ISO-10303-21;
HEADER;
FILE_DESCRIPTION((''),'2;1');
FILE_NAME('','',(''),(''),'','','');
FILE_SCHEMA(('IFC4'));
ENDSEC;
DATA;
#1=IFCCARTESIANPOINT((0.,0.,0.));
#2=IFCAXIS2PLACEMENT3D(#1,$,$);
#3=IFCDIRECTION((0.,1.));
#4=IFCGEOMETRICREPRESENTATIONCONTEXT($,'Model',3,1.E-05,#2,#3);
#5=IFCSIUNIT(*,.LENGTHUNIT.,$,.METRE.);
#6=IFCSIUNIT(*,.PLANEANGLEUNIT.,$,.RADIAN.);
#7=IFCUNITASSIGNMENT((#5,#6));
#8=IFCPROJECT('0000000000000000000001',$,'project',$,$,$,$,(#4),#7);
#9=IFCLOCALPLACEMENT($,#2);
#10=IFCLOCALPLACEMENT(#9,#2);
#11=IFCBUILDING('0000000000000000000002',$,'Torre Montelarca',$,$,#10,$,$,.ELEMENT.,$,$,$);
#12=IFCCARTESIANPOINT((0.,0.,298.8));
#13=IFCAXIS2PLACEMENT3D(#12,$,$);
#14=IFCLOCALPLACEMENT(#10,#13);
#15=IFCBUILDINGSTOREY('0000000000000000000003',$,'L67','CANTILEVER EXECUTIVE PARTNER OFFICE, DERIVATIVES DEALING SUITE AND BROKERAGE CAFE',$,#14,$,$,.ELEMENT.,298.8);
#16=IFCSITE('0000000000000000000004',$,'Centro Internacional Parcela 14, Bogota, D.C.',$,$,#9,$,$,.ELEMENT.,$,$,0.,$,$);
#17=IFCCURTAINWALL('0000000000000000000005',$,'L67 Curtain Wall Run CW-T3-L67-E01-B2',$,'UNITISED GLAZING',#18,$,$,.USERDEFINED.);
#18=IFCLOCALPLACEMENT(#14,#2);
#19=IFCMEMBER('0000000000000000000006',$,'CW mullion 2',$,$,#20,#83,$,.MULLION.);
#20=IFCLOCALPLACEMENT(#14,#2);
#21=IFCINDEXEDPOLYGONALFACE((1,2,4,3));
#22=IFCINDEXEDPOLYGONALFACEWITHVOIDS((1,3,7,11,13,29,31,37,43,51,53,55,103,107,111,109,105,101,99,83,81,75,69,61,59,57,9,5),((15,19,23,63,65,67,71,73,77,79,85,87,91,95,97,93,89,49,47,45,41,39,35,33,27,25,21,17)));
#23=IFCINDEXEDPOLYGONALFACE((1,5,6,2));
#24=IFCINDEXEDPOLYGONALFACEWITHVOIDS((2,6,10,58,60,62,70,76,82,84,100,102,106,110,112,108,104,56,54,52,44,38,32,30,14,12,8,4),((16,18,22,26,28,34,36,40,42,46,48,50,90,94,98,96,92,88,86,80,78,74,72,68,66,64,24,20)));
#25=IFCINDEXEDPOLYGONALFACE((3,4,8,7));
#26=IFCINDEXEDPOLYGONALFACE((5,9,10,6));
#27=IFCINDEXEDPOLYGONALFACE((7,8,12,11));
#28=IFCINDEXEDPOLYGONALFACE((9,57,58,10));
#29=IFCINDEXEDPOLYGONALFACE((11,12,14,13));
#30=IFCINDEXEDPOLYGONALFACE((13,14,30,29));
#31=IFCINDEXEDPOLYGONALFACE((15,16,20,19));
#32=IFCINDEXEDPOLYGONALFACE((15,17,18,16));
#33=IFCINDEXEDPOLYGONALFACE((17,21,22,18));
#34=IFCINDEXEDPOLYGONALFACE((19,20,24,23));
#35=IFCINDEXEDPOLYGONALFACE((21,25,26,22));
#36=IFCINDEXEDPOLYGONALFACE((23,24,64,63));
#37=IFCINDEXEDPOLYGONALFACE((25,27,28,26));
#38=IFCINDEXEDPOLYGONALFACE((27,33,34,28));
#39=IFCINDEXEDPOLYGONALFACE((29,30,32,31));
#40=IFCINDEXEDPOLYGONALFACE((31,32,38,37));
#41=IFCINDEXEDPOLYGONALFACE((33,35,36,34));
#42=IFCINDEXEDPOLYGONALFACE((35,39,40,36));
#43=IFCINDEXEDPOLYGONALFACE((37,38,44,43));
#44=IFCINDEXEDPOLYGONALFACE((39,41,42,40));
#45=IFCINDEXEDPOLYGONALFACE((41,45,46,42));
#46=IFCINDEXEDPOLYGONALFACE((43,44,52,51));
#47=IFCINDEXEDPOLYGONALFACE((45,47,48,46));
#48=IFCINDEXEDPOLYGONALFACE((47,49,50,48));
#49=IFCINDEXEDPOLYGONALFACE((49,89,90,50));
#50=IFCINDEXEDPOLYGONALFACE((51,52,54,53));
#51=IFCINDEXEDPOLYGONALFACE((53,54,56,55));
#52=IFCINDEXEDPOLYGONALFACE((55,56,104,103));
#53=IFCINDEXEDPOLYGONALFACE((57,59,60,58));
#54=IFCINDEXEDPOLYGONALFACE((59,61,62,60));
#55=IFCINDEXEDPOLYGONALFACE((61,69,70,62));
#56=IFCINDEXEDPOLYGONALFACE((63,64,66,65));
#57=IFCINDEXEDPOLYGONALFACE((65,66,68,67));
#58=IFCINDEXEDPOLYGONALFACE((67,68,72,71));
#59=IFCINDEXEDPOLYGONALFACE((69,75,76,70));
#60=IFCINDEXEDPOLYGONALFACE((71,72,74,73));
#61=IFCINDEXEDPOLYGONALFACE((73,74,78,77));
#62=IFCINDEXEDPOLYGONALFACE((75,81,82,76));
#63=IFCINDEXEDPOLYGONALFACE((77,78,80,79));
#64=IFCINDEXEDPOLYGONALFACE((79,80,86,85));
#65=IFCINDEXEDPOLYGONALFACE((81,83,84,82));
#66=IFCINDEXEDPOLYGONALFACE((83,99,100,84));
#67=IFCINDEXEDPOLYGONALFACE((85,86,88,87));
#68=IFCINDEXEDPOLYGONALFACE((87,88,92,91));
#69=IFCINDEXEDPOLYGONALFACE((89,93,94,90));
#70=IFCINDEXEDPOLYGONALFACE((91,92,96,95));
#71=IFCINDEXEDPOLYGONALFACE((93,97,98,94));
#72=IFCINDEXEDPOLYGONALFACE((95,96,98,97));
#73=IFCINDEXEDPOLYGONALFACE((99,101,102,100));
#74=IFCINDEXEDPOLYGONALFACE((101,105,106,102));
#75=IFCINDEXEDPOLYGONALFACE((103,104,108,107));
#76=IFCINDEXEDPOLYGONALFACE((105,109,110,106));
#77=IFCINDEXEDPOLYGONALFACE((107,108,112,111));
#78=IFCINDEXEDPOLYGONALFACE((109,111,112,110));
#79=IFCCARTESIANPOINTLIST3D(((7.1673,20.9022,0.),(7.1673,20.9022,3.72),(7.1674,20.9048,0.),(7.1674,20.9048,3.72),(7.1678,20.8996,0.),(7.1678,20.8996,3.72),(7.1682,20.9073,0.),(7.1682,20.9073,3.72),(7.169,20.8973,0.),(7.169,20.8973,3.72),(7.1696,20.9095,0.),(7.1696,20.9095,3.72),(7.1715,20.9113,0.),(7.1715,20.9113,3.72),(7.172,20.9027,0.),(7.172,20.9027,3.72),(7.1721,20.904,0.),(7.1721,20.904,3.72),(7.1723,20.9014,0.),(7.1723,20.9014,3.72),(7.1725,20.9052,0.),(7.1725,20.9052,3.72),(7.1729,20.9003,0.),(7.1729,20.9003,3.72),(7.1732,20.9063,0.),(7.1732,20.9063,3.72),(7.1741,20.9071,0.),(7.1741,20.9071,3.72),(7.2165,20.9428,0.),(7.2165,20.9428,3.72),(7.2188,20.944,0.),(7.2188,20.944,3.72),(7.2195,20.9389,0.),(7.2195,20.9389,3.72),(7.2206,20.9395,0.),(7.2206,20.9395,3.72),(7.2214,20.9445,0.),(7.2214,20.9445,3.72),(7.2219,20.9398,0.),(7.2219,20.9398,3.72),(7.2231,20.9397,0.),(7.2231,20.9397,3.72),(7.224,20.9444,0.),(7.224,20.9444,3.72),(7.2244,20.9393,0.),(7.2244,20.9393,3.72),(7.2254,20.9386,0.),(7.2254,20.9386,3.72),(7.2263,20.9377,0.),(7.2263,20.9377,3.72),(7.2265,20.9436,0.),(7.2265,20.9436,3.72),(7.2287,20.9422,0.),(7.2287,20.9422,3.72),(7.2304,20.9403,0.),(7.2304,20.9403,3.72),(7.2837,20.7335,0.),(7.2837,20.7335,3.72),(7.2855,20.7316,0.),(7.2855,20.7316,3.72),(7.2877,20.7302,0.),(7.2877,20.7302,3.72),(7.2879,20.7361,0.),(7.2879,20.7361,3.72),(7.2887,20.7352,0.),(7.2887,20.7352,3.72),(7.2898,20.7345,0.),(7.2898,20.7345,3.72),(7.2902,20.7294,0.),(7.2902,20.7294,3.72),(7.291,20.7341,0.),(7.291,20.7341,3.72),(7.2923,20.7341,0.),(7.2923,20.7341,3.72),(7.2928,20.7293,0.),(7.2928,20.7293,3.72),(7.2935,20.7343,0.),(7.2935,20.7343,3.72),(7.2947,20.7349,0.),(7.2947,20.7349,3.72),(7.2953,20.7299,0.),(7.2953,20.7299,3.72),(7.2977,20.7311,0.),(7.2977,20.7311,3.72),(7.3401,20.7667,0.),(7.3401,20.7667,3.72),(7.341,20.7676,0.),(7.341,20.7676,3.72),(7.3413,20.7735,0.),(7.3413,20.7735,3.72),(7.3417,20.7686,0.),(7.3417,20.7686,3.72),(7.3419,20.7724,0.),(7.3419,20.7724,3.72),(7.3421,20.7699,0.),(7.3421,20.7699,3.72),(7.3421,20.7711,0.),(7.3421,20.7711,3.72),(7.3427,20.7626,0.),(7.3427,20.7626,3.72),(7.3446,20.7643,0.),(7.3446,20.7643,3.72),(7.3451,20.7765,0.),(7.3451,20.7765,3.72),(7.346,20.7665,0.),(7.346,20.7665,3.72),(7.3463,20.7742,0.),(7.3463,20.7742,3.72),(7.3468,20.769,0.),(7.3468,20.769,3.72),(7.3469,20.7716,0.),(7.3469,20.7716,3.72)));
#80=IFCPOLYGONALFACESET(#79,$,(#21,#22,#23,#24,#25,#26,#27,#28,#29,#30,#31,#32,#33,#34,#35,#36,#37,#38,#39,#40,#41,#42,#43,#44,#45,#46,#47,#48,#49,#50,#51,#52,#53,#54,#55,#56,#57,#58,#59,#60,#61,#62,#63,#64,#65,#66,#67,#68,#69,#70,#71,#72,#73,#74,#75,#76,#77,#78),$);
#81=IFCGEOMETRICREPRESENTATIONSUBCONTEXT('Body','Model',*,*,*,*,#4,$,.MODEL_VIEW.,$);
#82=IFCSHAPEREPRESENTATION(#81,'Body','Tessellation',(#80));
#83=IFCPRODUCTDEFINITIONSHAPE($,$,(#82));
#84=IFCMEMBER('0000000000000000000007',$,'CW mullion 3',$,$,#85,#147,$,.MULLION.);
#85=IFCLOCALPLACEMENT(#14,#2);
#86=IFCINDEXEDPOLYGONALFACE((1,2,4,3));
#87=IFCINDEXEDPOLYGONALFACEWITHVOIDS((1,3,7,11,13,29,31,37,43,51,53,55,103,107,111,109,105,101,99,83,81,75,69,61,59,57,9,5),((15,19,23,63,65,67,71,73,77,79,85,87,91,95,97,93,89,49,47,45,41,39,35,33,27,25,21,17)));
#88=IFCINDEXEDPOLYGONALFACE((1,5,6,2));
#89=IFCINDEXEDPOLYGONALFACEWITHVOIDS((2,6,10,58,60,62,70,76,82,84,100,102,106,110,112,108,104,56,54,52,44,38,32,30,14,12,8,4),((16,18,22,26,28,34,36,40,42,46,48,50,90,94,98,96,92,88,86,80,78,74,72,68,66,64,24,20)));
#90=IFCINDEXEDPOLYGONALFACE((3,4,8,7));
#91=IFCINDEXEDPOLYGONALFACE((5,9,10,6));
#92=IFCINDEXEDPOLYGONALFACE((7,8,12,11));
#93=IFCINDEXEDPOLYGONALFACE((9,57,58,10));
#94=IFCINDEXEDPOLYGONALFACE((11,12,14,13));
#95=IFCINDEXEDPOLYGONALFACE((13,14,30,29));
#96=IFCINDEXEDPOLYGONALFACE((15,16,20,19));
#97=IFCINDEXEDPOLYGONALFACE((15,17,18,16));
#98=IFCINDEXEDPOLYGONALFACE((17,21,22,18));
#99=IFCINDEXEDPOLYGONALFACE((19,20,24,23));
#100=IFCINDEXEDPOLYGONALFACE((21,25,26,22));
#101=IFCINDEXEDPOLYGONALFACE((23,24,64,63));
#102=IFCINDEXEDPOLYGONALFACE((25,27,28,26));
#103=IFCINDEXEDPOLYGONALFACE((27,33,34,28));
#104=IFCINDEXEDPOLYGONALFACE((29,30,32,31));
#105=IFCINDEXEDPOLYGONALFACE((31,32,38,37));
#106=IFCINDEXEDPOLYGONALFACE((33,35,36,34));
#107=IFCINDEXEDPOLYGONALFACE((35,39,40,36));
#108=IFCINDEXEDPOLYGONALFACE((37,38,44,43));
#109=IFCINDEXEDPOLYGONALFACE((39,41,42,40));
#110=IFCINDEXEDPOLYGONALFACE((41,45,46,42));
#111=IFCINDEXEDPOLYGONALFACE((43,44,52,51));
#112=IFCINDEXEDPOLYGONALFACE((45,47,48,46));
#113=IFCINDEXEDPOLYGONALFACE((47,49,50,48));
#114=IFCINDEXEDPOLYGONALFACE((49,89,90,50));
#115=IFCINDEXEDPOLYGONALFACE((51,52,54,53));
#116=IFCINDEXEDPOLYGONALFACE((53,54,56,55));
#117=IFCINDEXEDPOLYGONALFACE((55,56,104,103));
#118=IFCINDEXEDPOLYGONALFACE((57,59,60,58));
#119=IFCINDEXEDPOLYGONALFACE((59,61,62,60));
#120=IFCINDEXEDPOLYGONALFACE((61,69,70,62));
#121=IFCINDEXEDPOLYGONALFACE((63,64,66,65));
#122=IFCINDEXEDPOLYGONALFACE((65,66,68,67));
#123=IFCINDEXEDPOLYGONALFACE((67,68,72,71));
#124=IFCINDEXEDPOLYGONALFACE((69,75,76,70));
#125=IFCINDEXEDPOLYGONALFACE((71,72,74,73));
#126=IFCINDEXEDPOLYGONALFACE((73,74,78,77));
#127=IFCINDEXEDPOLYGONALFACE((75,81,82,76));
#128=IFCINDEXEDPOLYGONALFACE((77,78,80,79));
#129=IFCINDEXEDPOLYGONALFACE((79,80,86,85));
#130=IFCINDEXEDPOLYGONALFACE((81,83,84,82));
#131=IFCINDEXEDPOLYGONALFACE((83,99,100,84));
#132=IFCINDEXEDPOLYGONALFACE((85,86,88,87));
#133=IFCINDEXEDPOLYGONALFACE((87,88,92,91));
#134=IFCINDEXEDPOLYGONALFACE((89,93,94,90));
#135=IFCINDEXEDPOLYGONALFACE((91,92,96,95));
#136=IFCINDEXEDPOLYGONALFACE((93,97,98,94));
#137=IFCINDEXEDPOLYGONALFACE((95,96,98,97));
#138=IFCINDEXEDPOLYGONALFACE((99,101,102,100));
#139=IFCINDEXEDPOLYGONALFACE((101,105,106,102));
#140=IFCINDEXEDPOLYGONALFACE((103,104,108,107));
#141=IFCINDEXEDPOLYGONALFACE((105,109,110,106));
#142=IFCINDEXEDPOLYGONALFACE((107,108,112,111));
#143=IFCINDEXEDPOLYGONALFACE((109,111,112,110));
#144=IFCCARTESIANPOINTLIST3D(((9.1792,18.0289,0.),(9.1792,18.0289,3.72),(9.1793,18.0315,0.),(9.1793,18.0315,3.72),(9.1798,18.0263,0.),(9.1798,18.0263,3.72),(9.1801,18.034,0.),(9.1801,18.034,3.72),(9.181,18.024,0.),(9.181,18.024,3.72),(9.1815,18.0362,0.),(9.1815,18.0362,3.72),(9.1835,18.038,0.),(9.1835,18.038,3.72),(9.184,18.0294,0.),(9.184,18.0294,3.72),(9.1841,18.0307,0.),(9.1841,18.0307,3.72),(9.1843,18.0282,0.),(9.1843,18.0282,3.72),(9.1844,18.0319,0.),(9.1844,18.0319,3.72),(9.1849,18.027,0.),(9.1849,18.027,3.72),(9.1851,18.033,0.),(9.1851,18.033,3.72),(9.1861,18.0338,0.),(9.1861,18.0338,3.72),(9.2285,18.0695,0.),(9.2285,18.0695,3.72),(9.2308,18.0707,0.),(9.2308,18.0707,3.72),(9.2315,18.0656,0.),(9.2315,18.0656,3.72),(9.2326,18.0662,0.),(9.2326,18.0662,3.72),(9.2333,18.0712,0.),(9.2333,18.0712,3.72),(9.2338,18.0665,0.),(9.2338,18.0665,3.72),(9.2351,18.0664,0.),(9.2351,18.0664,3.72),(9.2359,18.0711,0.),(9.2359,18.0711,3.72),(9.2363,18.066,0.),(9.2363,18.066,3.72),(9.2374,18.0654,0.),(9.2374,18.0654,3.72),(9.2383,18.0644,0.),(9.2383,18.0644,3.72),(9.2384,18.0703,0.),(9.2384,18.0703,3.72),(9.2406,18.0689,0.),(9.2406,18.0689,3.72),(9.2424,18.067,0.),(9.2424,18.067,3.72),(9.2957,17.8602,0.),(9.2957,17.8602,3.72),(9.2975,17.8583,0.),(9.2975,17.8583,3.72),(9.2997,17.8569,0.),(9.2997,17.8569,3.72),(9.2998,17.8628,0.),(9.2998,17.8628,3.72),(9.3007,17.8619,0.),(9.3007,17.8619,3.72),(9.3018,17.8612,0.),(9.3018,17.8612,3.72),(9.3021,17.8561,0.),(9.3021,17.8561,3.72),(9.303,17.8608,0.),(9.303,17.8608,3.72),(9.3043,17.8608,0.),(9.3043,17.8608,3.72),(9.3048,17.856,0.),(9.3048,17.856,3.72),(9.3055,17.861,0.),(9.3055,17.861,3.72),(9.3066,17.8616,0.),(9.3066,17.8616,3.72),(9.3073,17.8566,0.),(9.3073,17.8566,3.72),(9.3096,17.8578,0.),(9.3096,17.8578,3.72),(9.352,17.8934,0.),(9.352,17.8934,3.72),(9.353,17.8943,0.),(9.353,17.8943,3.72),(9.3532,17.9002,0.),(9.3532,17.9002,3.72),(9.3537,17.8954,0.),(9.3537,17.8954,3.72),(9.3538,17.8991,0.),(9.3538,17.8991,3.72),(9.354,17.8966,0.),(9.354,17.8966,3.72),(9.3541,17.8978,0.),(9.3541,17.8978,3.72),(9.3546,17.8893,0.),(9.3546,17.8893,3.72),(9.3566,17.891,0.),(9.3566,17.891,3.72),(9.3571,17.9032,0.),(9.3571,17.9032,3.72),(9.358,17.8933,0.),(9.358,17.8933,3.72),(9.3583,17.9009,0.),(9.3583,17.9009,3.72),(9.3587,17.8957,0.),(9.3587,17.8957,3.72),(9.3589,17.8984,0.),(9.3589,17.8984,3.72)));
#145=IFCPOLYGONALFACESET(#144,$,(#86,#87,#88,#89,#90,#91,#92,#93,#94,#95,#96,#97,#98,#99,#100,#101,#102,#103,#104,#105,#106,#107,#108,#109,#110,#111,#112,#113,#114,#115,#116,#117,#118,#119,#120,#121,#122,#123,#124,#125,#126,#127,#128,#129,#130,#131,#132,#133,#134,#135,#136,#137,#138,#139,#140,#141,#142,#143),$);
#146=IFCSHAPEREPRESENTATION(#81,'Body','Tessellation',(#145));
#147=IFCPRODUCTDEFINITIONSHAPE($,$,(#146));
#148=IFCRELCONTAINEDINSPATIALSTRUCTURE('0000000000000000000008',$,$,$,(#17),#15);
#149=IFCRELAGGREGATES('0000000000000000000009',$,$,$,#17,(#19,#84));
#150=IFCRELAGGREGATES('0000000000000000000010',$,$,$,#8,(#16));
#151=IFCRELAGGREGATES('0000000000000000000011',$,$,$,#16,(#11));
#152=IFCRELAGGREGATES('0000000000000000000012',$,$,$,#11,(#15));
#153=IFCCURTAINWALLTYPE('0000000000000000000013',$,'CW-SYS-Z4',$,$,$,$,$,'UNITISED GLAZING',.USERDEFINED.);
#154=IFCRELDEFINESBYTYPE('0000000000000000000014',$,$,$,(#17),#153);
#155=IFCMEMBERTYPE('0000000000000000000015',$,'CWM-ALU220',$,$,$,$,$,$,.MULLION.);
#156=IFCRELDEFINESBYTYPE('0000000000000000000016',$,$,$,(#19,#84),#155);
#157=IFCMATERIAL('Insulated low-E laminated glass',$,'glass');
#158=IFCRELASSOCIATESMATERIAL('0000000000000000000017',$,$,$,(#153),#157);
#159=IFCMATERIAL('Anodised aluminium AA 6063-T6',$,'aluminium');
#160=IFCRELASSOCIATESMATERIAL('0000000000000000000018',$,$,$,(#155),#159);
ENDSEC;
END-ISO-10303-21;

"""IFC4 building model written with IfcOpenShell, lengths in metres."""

from ifc_helpers import new_model, si_unit, direction, frame, origin, origin_2d, place, context, subcontext, project, spatial, hollow_rectangle, extrude, source, transform, mapped, material, material_profile, profile_set, type_object, element, aggregate, save


model = new_model("IFC4")

# Units and contexts
model_context = context("Model", 3, precision=1e-05, world=origin(), true_north=direction((0.0, 1.0)))
body_context = subcontext(model_context, "Body", "Model", "MODEL_VIEW")
ifc_project = project(units=[si_unit("LENGTHUNIT", "METRE"), si_unit("PLANEANGLEUNIT", "RADIAN")], contexts=[model_context])

# Site, building, storey
site_placement = place(None, origin())
site = spatial("IfcSite", under=ifc_project, at=site_placement, Name="Centro Internacional Parcela 14, Bogota, D.C.", CompositionType="ELEMENT", RefElevation=0.0)
building_placement = place(site_placement, origin())
building = spatial("IfcBuilding", under=site, at=building_placement, Name="Torre Montelarca", CompositionType="ELEMENT")
storey_placement = place(building_placement, frame((0.0, 0.0, 298.8)))
storey = spatial("IfcBuildingStorey", under=building, at=storey_placement, Name="L67", Description="CANTILEVER EXECUTIVE PARTNER OFFICE, DERIVATIVES DEALING SUITE AND BROKERAGE CAFE", CompositionType="ELEMENT", Elevation=298.8)

# Curtain wall, members
ifc_material_1 = material(Name="Insulated low-E laminated glass", Category="glass")
curtain_wall_type = type_object("IfcCurtainWallType", Name="CW-SYS-Z4", ElementType="UNITISED GLAZING", PredefinedType="USERDEFINED", material=ifc_material_1)
ifc_material_2 = material(Name="Anodised aluminium AA 6063-T6", Category="aluminium")
curtain_wall_1_placement = place(storey_placement, origin())
curtain_wall_1 = element("IfcCurtainWall", 1, at=curtain_wall_1_placement, inside=storey, type_object=curtain_wall_type, Name="L67 Curtain Wall Run CW-T3-L67-E01-B2", ObjectType="UNITISED GLAZING", PredefinedType="USERDEFINED")
ifc_material_profile_1 = material_profile(ifc_material_2, hollow_rectangle(XDim=0.075, YDim=0.22, WallThickness=0.0049, InnerFilletRadius=0.0049, OuterFilletRadius=0.01, at=origin_2d()), Name="ALU75X220X5", Category="aluminium")
ifc_profile_set_1 = profile_set([ifc_material_profile_1], Name="Anodised aluminium AA 6063-T6")
member_type_1 = type_object("IfcMemberType", Name="CWM-ALU220", PredefinedType="MULLION", material=ifc_profile_set_1)
shared_shape_1 = source(origin(), body_context, "Body", "SweptSolid", [
    extrude(hollow_rectangle(XDim=0.075, YDim=0.22, WallThickness=0.0049, InnerFilletRadius=0.0049, OuterFilletRadius=0.01, at=origin_2d()), origin(), (0.0, 0.0, 1.0), 3.72),
])
member_1_placement = place(storey_placement, frame((7.2571, 20.8369, 0.0), z_axis=(0.0, 0.0, 1.0), x_axis=(0.819156, 0.57357, 0.0)))
member_1 = element("IfcMember", 2, at=member_1_placement, type_object=member_type_1, Name="CW mullion 2", PredefinedType="MULLION", context=body_context, shape_type="MappedRepresentation", body=[
    mapped(shared_shape_1, transform((0.0, 0.0, 0.0), scale=1.0)),
])
member_2_placement = place(storey_placement, frame((9.269, 17.9636, 0.0), z_axis=(0.0, 0.0, 1.0), x_axis=(0.819156, 0.57357, 0.0)))
member_2 = element("IfcMember", 3, at=member_2_placement, type_object=member_type_1, Name="CW mullion 3", PredefinedType="MULLION", context=body_context, shape_type="MappedRepresentation", body=[
    mapped(shared_shape_1, transform((0.0, 0.0, 0.0), scale=1.0)),
])

aggregate(curtain_wall_1, [member_1, member_2])

save(model, "model.ifc")
